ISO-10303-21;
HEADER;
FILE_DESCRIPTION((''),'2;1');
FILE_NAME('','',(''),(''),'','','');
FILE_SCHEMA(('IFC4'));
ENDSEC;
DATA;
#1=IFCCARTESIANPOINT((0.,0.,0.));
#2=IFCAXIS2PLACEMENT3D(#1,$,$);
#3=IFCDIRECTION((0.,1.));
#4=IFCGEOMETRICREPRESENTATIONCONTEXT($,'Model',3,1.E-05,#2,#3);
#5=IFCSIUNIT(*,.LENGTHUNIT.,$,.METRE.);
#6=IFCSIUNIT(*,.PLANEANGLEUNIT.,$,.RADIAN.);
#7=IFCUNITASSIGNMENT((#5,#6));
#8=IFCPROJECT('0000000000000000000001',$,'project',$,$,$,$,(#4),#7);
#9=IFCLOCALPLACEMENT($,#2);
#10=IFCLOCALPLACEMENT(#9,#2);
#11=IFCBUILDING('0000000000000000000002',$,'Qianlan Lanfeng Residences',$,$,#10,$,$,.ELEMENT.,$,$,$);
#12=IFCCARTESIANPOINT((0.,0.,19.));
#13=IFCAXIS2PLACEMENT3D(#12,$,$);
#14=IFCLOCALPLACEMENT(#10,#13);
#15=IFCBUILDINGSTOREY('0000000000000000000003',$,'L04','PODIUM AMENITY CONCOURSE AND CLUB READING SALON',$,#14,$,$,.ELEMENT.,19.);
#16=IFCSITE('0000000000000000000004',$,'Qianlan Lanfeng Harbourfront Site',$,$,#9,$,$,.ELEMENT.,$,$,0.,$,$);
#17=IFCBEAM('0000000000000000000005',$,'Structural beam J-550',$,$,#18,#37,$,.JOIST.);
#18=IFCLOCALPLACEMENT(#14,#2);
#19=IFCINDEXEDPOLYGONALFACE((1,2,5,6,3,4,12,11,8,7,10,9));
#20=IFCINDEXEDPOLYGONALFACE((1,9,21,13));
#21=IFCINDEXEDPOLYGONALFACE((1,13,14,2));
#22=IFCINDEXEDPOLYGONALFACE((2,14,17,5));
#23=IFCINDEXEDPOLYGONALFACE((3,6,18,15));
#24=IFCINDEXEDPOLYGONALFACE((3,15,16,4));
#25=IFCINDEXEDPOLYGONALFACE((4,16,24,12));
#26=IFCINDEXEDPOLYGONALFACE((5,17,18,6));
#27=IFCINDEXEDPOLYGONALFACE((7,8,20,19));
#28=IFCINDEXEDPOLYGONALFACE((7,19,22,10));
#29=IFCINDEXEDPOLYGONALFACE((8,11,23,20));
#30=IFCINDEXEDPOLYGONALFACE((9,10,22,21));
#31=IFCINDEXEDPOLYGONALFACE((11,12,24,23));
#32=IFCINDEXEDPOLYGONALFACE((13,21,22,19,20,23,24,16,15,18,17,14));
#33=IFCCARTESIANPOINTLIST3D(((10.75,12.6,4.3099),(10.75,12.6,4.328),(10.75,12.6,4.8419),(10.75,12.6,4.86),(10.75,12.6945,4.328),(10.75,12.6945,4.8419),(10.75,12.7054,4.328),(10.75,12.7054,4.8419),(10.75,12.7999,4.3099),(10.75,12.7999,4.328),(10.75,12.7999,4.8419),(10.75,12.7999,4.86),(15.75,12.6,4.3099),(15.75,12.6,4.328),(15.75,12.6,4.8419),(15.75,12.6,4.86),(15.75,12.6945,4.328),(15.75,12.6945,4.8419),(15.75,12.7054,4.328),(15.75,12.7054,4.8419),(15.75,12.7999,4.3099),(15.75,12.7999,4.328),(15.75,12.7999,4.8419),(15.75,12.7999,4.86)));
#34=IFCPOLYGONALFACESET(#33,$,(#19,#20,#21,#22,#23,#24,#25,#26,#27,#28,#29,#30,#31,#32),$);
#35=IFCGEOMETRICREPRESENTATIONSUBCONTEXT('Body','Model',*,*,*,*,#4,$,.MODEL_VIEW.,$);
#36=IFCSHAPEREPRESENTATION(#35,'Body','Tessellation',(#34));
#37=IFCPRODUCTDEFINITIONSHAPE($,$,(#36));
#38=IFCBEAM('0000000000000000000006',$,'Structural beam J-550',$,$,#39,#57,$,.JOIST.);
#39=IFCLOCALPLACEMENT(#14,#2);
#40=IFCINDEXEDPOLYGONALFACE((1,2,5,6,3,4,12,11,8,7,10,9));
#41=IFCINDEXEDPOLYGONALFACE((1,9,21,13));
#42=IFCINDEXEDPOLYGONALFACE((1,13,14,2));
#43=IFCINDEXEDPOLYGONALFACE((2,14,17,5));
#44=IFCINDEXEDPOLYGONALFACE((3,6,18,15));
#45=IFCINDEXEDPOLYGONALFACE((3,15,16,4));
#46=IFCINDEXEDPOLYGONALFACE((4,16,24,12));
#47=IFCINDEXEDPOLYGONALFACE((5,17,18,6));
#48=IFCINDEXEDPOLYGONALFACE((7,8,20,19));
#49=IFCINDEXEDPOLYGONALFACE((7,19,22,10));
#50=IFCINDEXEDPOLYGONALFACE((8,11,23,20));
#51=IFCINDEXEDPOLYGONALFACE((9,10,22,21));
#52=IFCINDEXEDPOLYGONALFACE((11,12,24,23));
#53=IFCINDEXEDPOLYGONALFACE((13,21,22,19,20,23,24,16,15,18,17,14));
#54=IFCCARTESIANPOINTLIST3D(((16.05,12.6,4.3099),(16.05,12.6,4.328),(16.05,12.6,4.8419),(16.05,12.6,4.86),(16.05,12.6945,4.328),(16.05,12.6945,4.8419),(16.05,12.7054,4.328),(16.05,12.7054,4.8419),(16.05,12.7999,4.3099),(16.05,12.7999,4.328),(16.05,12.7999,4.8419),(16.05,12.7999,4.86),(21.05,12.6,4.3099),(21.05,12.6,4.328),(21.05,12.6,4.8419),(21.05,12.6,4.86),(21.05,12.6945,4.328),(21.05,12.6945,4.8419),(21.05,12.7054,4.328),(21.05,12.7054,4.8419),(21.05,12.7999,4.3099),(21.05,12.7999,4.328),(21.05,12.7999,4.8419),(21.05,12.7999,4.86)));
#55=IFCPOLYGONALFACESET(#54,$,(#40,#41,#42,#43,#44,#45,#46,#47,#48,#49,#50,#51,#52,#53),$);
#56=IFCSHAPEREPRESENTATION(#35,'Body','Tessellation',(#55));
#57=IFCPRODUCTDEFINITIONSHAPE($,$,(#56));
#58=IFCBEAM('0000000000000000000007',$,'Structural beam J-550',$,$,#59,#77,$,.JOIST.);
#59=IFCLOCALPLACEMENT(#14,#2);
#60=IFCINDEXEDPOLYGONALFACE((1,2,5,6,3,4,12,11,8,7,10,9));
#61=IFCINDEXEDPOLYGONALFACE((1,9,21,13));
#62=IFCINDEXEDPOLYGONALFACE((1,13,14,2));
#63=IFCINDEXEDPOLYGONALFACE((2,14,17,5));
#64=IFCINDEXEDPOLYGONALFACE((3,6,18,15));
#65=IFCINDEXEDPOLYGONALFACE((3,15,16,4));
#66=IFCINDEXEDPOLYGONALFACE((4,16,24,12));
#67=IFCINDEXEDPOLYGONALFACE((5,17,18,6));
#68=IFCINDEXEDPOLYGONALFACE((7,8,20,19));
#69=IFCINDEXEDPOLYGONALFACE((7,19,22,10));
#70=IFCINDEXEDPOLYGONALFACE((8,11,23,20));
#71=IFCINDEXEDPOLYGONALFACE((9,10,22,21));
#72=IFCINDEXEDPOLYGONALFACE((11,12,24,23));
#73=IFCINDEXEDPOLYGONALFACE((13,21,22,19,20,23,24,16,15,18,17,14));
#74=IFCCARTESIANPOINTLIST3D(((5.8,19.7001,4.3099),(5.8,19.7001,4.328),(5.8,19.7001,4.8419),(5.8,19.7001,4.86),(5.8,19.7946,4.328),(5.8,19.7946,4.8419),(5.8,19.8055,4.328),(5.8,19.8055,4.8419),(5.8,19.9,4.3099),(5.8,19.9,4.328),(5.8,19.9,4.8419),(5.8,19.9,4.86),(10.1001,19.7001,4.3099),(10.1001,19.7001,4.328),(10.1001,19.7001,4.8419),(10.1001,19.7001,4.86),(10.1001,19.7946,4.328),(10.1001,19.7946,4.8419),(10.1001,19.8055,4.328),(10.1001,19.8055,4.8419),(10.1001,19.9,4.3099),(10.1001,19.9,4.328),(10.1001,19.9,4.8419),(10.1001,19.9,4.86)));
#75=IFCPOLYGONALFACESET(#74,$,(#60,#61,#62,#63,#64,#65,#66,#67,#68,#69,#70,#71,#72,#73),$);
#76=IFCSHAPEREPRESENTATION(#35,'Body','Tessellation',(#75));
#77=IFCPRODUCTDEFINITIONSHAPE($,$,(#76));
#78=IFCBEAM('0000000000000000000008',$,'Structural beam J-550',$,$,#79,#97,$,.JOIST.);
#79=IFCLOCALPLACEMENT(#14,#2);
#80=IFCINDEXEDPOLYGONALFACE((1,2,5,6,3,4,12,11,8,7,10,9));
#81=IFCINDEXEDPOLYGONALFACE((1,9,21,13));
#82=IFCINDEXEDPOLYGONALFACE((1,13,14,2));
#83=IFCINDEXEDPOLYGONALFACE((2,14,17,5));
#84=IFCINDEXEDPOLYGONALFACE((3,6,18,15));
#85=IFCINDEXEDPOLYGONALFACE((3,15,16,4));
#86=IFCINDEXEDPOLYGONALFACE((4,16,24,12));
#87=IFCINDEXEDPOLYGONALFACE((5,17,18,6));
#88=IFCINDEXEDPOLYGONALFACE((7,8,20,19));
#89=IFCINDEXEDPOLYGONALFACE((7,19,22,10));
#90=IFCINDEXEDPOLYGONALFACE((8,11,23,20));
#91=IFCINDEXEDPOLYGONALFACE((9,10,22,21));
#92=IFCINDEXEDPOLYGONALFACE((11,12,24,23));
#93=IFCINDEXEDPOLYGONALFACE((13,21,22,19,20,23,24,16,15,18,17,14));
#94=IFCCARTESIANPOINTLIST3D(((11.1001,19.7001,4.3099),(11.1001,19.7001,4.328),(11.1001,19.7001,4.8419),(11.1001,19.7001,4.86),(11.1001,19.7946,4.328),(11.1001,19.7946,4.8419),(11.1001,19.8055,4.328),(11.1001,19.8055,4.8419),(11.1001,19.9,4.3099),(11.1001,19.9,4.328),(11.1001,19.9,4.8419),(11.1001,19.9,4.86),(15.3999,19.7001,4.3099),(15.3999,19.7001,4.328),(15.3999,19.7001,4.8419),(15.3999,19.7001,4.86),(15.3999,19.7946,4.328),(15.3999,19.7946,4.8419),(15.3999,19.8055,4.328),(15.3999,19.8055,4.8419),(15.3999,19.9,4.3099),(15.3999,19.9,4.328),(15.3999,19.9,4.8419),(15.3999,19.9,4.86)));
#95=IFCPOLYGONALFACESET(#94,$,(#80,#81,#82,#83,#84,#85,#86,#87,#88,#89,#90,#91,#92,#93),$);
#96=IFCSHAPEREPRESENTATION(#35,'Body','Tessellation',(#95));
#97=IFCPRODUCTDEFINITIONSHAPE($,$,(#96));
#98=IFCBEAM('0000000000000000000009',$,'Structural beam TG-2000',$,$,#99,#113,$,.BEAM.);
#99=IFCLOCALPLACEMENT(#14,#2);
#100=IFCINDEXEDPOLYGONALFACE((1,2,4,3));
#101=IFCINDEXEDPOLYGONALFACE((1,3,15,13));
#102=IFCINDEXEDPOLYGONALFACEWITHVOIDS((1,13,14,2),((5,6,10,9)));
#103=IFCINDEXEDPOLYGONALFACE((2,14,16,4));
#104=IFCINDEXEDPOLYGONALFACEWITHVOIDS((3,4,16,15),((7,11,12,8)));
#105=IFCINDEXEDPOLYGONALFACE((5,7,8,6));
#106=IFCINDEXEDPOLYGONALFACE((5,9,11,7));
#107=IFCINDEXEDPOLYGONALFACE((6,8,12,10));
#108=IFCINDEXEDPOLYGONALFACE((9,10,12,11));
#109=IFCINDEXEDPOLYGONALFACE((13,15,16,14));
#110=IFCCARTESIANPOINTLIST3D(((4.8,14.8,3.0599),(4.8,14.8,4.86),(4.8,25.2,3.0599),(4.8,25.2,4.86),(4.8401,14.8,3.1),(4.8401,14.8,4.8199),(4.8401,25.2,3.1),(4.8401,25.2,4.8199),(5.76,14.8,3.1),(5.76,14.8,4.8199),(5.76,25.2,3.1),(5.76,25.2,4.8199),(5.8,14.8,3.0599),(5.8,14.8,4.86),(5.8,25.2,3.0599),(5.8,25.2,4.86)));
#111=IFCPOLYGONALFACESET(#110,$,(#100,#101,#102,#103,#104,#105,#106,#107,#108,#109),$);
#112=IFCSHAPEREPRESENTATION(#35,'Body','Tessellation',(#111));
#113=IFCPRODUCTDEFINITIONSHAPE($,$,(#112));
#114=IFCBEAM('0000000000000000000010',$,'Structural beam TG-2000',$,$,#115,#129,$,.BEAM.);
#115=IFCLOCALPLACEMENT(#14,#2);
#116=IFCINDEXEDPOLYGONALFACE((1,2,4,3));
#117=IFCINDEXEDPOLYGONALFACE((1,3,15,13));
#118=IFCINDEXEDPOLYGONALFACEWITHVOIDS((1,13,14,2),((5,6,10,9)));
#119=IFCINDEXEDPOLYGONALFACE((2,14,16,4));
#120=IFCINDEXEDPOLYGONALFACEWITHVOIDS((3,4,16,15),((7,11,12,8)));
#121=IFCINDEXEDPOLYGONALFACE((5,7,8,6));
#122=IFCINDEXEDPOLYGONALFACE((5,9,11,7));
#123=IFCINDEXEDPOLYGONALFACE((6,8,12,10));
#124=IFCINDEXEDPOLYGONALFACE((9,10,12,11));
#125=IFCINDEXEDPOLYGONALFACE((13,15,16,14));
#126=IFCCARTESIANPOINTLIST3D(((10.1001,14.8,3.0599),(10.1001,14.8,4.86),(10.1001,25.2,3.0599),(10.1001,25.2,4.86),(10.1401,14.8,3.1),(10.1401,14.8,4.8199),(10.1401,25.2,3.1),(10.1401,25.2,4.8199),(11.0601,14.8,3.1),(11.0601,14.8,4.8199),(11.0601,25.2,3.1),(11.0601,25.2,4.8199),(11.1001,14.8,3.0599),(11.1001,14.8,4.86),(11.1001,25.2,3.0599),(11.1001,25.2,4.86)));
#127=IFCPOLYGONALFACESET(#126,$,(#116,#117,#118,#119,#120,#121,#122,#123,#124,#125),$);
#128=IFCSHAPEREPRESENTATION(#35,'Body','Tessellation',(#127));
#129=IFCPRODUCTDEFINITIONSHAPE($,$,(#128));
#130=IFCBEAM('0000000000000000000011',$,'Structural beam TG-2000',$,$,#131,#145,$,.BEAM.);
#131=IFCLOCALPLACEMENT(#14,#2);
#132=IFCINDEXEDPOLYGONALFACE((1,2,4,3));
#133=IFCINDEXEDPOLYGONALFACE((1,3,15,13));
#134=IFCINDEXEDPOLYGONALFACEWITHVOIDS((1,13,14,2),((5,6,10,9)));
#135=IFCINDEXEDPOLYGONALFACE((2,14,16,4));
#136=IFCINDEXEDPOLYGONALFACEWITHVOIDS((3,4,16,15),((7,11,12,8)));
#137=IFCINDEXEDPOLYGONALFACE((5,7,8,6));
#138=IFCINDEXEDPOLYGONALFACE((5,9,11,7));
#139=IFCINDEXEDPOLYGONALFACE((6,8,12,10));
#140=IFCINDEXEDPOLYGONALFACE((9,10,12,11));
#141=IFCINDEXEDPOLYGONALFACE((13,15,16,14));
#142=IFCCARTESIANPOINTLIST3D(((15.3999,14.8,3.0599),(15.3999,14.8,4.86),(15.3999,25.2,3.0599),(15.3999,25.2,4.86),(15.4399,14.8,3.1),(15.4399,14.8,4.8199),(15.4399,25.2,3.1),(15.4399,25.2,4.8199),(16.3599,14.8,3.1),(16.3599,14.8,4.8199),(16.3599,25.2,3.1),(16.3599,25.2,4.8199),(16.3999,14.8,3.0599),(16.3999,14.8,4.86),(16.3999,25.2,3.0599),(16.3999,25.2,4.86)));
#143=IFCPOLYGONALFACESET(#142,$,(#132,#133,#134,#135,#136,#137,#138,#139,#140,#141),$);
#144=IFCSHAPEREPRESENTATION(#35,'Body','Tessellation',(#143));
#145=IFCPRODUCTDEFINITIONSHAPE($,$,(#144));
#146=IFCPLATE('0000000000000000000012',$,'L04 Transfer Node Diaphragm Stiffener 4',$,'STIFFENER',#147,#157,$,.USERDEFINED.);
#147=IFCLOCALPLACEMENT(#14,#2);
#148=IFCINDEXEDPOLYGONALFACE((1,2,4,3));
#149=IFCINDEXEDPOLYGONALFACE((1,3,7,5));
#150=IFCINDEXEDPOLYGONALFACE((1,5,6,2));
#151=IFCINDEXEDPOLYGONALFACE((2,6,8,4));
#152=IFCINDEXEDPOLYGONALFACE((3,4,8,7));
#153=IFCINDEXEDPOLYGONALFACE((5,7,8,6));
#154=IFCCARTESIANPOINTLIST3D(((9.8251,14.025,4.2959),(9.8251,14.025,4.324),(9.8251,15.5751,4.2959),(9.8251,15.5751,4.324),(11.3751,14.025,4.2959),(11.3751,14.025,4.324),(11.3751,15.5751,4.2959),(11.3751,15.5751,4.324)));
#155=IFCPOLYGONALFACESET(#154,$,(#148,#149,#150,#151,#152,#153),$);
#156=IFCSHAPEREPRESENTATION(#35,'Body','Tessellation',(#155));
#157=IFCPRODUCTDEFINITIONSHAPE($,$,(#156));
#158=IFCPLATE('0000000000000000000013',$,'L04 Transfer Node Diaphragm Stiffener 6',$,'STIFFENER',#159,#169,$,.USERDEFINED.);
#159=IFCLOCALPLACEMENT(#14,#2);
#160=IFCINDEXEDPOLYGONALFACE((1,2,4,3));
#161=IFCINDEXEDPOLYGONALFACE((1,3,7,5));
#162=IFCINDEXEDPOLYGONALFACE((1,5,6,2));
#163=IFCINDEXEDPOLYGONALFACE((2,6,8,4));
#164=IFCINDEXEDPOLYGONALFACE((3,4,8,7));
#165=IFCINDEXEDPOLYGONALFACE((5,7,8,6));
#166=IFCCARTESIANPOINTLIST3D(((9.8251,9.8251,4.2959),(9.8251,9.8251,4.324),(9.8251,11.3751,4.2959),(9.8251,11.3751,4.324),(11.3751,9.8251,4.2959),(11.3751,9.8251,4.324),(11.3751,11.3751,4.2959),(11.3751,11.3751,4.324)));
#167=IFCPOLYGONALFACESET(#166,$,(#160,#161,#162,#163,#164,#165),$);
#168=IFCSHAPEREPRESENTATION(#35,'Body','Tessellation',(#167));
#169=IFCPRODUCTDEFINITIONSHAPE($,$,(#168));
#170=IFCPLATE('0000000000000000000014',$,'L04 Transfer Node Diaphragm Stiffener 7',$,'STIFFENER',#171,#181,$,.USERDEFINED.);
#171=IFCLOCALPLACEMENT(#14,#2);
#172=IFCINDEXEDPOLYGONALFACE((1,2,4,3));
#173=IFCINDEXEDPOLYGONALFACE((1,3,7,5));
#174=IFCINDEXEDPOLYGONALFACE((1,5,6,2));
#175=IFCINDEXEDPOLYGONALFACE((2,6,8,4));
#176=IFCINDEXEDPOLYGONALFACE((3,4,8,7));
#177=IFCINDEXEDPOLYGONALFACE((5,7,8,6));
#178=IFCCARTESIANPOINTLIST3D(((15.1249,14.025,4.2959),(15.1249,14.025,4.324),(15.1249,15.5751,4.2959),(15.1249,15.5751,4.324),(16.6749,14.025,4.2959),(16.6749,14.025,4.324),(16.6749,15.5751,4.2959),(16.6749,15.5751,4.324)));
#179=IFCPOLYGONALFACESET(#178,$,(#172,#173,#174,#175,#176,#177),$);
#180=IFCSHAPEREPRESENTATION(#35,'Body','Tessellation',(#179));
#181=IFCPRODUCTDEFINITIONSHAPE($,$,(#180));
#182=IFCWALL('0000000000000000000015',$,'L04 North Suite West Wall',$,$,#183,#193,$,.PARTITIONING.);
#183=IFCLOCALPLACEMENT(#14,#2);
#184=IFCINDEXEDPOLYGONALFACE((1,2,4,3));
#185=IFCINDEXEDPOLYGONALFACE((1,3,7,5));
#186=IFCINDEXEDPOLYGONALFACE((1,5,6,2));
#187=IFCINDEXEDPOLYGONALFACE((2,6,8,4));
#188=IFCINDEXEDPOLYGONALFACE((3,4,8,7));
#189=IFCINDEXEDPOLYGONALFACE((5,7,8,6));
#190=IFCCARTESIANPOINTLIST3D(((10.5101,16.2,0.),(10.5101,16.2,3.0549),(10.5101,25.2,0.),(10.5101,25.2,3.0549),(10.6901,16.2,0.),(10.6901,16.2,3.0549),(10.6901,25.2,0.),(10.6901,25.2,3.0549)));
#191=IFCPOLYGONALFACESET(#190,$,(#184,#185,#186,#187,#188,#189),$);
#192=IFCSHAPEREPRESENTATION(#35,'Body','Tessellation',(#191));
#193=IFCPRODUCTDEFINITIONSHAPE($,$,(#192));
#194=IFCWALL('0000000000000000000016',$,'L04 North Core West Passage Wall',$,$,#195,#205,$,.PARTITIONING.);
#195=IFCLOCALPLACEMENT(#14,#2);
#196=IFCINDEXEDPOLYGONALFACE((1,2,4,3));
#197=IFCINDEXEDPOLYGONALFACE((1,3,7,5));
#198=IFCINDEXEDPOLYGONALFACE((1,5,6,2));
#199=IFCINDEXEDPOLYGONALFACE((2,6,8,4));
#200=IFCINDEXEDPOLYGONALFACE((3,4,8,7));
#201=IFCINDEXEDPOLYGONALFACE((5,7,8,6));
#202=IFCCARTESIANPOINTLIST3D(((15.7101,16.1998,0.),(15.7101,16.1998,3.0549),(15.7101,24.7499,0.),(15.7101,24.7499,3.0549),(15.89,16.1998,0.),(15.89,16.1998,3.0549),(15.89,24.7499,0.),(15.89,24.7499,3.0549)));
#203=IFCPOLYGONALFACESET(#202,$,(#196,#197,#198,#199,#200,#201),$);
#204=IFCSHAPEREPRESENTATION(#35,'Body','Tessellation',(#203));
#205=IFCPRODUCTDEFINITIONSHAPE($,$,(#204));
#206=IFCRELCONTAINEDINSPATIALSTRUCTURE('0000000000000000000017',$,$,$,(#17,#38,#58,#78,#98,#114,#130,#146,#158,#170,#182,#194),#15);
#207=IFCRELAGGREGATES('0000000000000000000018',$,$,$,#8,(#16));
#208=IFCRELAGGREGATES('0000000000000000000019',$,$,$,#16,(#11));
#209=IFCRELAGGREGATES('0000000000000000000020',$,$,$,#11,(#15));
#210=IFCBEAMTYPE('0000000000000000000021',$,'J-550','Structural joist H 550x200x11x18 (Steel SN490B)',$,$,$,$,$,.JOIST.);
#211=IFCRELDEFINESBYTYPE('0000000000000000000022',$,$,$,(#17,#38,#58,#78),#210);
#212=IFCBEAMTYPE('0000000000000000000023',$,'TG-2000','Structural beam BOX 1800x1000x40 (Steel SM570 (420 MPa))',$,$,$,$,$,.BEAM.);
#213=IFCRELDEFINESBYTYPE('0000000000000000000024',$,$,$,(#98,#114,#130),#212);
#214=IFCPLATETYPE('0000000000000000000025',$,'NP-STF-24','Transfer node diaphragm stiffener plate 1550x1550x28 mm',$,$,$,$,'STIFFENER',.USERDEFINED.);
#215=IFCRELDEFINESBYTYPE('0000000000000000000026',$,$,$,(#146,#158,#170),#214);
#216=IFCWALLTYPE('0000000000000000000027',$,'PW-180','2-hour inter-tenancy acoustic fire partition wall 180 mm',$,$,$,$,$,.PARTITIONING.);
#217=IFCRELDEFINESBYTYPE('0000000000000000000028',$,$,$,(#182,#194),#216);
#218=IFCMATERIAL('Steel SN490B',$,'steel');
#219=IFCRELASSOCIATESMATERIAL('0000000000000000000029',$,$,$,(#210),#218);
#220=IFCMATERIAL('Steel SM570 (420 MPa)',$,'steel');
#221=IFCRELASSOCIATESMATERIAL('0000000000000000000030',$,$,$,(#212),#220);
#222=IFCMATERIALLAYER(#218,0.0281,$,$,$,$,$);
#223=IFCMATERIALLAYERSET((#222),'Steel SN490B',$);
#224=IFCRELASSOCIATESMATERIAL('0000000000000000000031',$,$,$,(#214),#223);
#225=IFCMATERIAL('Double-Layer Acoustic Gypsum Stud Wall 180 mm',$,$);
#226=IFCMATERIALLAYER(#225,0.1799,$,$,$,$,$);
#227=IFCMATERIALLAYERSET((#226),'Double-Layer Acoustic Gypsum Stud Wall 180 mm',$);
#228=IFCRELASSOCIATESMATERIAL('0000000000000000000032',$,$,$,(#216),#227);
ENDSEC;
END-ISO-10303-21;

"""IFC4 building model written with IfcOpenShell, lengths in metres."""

from ifc_helpers import new_model, si_unit, direction, frame, frame_2d, origin, origin_2d, place, context, subcontext, project, spatial, rectangle, hollow_rectangle, i_section, extrude, source, transform, mapped, material, layer, layer_set, material_profile, profile_set, type_object, element, save


model = new_model("IFC4")

# Units and contexts
model_context = context("Model", 3, precision=1e-05, world=origin(), true_north=direction((0.0, 1.0)))
body_context = subcontext(model_context, "Body", "Model", "MODEL_VIEW")
ifc_project = project(units=[si_unit("LENGTHUNIT", "METRE"), si_unit("PLANEANGLEUNIT", "RADIAN")], contexts=[model_context])

# Site, building, storey
site_placement = place(None, origin())
site = spatial("IfcSite", under=ifc_project, at=site_placement, Name="Qianlan Lanfeng Harbourfront Site", CompositionType="ELEMENT", RefElevation=0.0)
building_placement = place(site_placement, origin())
building = spatial("IfcBuilding", under=site, at=building_placement, Name="Qianlan Lanfeng Residences", CompositionType="ELEMENT")
storey_placement = place(building_placement, frame((0.0, 0.0, 19.0)))
storey = spatial("IfcBuildingStorey", under=building, at=storey_placement, Name="L04", Description="PODIUM AMENITY CONCOURSE AND CLUB READING SALON", CompositionType="ELEMENT", Elevation=19.0)

# Shared definitions
ifc_material_1 = material(Name="Steel SM570 (420 MPa)", Category="steel")

# Beams
ifc_material_2 = material(Name="Steel SN490B", Category="steel")
ifc_material_profile_1 = material_profile(ifc_material_2, i_section(OverallWidth=0.2, OverallDepth=0.55, WebThickness=0.011, FlangeThickness=0.0181, at=origin_2d()), Name="H 550x200x11x18")
ifc_profile_set_1 = profile_set([ifc_material_profile_1], Name="Steel SN490B")
beam_type_1 = type_object("IfcBeamType", Name="J-550", Description="Structural joist H 550x200x11x18 (Steel SN490B)", PredefinedType="JOIST", material=ifc_profile_set_1)
for number, where, z_axis, x_axis, name in (
    (1, (10.75, 12.7, 4.585), (1.0, 0.0, 0.0), (0.0, 1.0, 0.0), "Structural beam J-550"),
    (2, (16.05, 12.7, 4.585), (1.0, 0.0, 0.0), (0.0, 1.0, 0.0), "Structural beam J-550"),
):
    element("IfcBeam", number, at=place(storey_placement, frame(where, z_axis=z_axis, x_axis=x_axis)), inside=storey, type_object=beam_type_1, Name=name, PredefinedType="JOIST", context=body_context, shape_type="SweptSolid", body=[
        extrude(i_section(OverallWidth=0.2, OverallDepth=0.55, WebThickness=0.011, FlangeThickness=0.0181, at=origin_2d()), origin(), (0.0, 0.0, 1.0), 5.0),
    ])
beam_1_placement = place(storey_placement, frame((5.8, 19.8, 4.585), z_axis=(1.0, 0.0, 0.0), x_axis=(0.0, 1.0, 0.0)))
element("IfcBeam", 3, at=beam_1_placement, inside=storey, type_object=beam_type_1, Name="Structural beam J-550", PredefinedType="JOIST", context=body_context, shape_type="SweptSolid", body=[
    extrude(i_section(OverallWidth=0.2, OverallDepth=0.55, WebThickness=0.011, FlangeThickness=0.0181, at=origin_2d()), origin(), (0.0, 0.0, 1.0), 4.3),
])
beam_2_placement = place(storey_placement, frame((11.1001, 19.8, 4.585), z_axis=(1.0, 0.0, 0.0), x_axis=(0.0, 1.0, 0.0)))
element("IfcBeam", 4, at=beam_2_placement, inside=storey, type_object=beam_type_1, Name="Structural beam J-550", PredefinedType="JOIST", context=body_context, shape_type="SweptSolid", body=[
    extrude(i_section(OverallWidth=0.2, OverallDepth=0.55, WebThickness=0.011, FlangeThickness=0.0181, at=origin_2d()), origin(), (0.0, 0.0, 1.0), 4.2998),
])
ifc_material_profile_2 = material_profile(ifc_material_1, hollow_rectangle(XDim=1.0, YDim=1.8, WallThickness=0.04, at=origin_2d()), Name="BOX 1800x1000x40")
ifc_profile_set_2 = profile_set([ifc_material_profile_2], Name="Steel SM570 (420 MPa)")
beam_type_2 = type_object("IfcBeamType", Name="TG-2000", Description="Structural beam BOX 1800x1000x40 (Steel SM570 (420 MPa))", PredefinedType="BEAM", material=ifc_profile_set_2)
for number, where, z_axis, x_axis, name in (
    (5, (5.3, 14.8, 3.96), (0.0, 1.0, 0.0), (-1.0, 0.0, 0.0), "Structural beam TG-2000"),
    (6, (10.6001, 14.8, 3.96), (0.0, 1.0, 0.0), (-1.0, 0.0, 0.0), "Structural beam TG-2000"),
    (7, (15.8999, 14.8, 3.96), (0.0, 1.0, 0.0), (-1.0, 0.0, 0.0), "Structural beam TG-2000"),
):
    element("IfcBeam", number, at=place(storey_placement, frame(where, z_axis=z_axis, x_axis=x_axis)), inside=storey, type_object=beam_type_2, Name=name, PredefinedType="BEAM", context=body_context, shape_type="SweptSolid", body=[
        extrude(hollow_rectangle(XDim=1.0, YDim=1.8, WallThickness=0.04, at=origin_2d()), origin(), (0.0, 0.0, 1.0), 10.3999),
    ])

# Plates
ifc_layer_1 = layer(ifc_material_2, 0.0281)
ifc_layer_set_1 = layer_set([ifc_layer_1], Name="Steel SN490B")
plate_type = type_object("IfcPlateType", Name="NP-STF-24", Description="Transfer node diaphragm stiffener plate 1550x1550x28 mm", ElementType="STIFFENER", PredefinedType="USERDEFINED", material=ifc_layer_set_1)
shared_shape = source(origin(), body_context, "Body", "SweptSolid", [
    extrude(rectangle(XDim=1.55, YDim=1.55, at=origin_2d()), origin(), (0.0, 0.0, 1.0), 0.0281),
])
for number, where, z_axis, x_axis, name in (
    (8, (10.6001, 14.8, 4.2959), (0.0, 0.0, 1.0), (1.0, 0.0, 0.0), "L04 Transfer Node Diaphragm Stiffener 4"),
    (9, (10.6001, 10.6001, 4.2959), (0.0, 0.0, 1.0), (1.0, 0.0, 0.0), "L04 Transfer Node Diaphragm Stiffener 6"),
    (10, (15.8999, 14.8, 4.2959), (0.0, 0.0, 1.0), (1.0, 0.0, 0.0), "L04 Transfer Node Diaphragm Stiffener 7"),
):
    element("IfcPlate", number, at=place(storey_placement, frame(where, z_axis=z_axis, x_axis=x_axis)), inside=storey, type_object=plate_type, Name=name, ObjectType="STIFFENER", PredefinedType="USERDEFINED", context=body_context, shape_type="MappedRepresentation", body=[
        mapped(shared_shape, transform((0.0, 0.0, 0.0), scale=1.0)),
    ])

# Walls
ifc_material_3 = material(Name="Double-Layer Acoustic Gypsum Stud Wall 180 mm")
ifc_layer_2 = layer(ifc_material_3, 0.1799)
ifc_layer_set_2 = layer_set([ifc_layer_2], Name="Double-Layer Acoustic Gypsum Stud Wall 180 mm")
wall_type = type_object("IfcWallType", Name="PW-180", Description="2-hour inter-tenancy acoustic fire partition wall 180 mm", PredefinedType="PARTITIONING", material=ifc_layer_set_2)
wall_1_placement = place(storey_placement, frame((10.6001, 16.2, 0.0), z_axis=(0.0, 0.0, 1.0), x_axis=(0.0, 1.0, 0.0)))
element("IfcWall", 11, at=wall_1_placement, inside=storey, type_object=wall_type, Name="L04 North Suite West Wall", PredefinedType="PARTITIONING", context=body_context, shape_type="SweptSolid", body=[
    extrude(rectangle(XDim=9.0, YDim=0.1799, at=frame_2d((4.5, 0.0))), origin(), (0.0, 0.0, 1.0), 3.0549),
])
wall_2_placement = place(storey_placement, frame((15.8, 16.2, 0.0), z_axis=(0.0, 0.0, 1.0), x_axis=(0.0, 1.0, 0.0)))
element("IfcWall", 12, at=wall_2_placement, inside=storey, type_object=wall_type, Name="L04 North Core West Passage Wall", PredefinedType="PARTITIONING", context=body_context, shape_type="SweptSolid", body=[
    extrude(rectangle(XDim=8.55, YDim=0.1799, at=frame_2d((4.2749, 0.0))), origin(), (0.0, 0.0, 1.0), 3.0549),
])

save(model, "model.ifc")
